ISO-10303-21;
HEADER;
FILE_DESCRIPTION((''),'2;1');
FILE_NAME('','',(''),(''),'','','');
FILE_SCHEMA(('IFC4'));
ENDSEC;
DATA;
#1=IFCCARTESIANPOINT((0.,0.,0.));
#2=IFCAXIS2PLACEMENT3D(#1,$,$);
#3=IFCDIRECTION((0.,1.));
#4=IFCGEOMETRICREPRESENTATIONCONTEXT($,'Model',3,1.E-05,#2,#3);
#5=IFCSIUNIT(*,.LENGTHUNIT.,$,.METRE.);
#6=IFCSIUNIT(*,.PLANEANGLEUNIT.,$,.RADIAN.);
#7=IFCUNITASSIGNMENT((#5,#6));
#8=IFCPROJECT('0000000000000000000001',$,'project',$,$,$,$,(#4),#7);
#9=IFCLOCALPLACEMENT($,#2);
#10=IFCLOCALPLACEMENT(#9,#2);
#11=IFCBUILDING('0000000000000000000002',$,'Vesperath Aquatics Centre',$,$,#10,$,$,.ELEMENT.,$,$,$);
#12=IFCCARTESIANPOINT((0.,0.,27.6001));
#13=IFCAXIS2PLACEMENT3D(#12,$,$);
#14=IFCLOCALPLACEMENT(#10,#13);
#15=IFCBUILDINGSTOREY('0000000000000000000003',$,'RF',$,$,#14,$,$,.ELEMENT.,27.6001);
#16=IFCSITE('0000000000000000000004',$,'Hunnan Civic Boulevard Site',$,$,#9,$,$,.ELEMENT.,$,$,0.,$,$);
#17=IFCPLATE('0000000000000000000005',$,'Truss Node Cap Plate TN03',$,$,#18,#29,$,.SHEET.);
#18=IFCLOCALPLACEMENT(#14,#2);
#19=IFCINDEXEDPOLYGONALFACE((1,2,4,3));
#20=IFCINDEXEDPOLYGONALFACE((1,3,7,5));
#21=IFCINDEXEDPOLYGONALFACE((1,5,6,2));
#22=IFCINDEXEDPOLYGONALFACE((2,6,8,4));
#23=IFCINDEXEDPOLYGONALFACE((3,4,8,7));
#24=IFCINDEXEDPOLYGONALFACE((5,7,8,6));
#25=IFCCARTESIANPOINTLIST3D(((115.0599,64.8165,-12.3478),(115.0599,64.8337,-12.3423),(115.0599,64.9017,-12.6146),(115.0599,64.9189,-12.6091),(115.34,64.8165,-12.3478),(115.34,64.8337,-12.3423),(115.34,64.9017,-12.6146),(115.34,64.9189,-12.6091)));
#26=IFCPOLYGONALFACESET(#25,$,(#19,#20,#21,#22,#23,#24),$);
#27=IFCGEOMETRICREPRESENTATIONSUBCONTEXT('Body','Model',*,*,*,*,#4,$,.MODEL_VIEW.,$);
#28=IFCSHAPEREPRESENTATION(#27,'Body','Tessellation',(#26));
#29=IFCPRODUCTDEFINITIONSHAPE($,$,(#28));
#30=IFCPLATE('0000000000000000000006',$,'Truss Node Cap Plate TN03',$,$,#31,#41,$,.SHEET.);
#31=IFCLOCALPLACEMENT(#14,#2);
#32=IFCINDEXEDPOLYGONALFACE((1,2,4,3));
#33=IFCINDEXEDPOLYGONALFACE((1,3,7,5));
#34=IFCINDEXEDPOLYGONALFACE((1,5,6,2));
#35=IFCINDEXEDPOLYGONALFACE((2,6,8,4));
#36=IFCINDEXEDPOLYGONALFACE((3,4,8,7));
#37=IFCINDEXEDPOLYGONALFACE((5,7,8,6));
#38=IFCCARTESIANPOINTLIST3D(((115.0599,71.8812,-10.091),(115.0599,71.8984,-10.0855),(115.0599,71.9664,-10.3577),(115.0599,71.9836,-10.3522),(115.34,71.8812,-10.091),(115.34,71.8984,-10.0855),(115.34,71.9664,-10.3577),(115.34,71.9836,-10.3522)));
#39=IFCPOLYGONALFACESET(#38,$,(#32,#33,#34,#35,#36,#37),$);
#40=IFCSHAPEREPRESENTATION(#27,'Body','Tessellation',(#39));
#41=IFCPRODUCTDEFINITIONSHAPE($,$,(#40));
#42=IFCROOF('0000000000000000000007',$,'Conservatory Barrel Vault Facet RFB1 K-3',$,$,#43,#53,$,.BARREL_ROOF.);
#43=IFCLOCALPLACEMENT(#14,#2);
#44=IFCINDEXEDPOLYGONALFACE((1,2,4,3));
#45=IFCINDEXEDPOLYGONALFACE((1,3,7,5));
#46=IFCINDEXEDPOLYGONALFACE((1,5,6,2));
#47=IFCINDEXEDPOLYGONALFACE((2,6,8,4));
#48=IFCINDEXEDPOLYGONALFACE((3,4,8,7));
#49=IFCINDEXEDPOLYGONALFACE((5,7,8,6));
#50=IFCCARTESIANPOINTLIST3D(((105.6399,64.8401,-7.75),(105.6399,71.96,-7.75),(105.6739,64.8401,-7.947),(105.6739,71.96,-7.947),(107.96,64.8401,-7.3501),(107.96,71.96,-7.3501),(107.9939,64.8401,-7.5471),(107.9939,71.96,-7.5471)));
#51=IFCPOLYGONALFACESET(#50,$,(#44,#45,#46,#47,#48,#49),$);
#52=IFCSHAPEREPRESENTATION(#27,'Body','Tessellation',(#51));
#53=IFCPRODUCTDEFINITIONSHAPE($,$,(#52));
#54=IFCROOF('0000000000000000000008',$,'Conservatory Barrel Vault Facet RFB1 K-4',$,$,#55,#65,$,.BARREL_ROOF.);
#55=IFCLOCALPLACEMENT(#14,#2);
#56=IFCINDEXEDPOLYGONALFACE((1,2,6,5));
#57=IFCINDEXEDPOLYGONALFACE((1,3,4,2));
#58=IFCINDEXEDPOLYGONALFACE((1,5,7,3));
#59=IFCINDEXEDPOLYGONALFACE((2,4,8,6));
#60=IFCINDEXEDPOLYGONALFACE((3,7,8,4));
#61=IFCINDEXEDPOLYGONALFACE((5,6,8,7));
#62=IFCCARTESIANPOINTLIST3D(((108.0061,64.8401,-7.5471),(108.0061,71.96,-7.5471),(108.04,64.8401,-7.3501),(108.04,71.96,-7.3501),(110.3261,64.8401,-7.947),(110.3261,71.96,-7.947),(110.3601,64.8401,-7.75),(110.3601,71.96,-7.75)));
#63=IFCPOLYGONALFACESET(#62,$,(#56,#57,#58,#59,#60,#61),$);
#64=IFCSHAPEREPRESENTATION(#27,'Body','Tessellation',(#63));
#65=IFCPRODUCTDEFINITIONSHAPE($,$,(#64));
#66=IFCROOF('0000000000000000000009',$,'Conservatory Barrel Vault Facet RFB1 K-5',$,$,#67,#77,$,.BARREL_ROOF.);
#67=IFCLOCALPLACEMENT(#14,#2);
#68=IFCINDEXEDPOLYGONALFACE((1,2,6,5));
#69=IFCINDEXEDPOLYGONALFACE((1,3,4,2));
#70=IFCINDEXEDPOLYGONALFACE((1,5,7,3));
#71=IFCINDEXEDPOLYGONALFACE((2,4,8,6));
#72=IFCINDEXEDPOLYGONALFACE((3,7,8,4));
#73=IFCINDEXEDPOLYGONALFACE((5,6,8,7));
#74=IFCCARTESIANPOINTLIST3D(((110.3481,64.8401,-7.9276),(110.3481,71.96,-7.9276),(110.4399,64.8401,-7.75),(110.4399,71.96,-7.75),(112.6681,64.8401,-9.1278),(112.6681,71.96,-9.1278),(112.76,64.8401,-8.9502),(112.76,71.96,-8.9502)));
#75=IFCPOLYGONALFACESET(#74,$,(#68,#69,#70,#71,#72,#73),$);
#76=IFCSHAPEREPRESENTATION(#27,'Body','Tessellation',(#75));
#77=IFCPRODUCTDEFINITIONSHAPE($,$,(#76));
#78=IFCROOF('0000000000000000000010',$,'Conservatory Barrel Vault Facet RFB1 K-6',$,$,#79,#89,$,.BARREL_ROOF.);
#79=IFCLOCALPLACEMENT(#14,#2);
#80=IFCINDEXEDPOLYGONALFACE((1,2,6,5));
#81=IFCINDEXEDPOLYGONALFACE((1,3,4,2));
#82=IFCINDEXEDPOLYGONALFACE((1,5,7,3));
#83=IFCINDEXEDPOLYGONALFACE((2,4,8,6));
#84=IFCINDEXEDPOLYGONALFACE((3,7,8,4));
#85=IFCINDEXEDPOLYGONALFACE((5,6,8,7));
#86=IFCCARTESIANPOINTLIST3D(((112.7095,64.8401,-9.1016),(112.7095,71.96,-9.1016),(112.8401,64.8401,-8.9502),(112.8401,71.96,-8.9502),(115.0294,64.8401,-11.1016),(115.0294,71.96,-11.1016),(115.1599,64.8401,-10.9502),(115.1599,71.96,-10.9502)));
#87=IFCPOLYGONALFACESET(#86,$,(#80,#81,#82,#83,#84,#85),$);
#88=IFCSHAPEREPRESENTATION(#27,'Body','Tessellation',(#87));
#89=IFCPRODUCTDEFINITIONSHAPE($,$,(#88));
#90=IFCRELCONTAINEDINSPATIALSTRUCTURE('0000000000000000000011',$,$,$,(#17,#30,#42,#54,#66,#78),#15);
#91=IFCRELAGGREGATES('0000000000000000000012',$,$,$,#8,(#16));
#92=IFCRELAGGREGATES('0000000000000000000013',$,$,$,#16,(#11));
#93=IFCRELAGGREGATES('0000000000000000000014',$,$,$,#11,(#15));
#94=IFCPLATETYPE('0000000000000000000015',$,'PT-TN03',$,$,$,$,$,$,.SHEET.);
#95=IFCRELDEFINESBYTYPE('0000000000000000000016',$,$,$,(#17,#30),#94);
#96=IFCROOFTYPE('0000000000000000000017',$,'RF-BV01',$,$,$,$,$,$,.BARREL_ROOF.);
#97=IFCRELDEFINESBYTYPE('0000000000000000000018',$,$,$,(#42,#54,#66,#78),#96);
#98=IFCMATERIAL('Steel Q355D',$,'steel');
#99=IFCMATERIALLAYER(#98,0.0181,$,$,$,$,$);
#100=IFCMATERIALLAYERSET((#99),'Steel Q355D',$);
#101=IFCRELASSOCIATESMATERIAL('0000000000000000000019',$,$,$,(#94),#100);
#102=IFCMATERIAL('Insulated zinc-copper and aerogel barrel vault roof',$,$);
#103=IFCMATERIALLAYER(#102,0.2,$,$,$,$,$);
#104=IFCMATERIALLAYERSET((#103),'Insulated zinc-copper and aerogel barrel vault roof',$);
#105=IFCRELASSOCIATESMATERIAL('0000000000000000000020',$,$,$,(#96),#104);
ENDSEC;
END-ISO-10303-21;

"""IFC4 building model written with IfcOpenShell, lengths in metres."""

from ifc_helpers import new_model, si_unit, direction, frame, origin, origin_2d, place, context, subcontext, project, spatial, polyline, rectangle, outline, extrude, material, layer, layer_set, type_object, element, save


model = new_model("IFC4")

# Units and contexts
model_context = context("Model", 3, precision=1e-05, world=origin(), true_north=direction((0.0, 1.0)))
body_context = subcontext(model_context, "Body", "Model", "MODEL_VIEW")
ifc_project = project(units=[si_unit("LENGTHUNIT", "METRE"), si_unit("PLANEANGLEUNIT", "RADIAN")], contexts=[model_context])

# Site, building, storey
site_placement = place(None, origin())
site = spatial("IfcSite", under=ifc_project, at=site_placement, Name="Hunnan Civic Boulevard Site", CompositionType="ELEMENT", RefElevation=0.0)
building_placement = place(site_placement, origin())
building = spatial("IfcBuilding", under=site, at=building_placement, Name="Vesperath Aquatics Centre", CompositionType="ELEMENT")
storey_placement = place(building_placement, frame((0.0, 0.0, 27.6001)))
storey = spatial("IfcBuildingStorey", under=building, at=storey_placement, Name="RF", CompositionType="ELEMENT", Elevation=27.6001)

# Shared definitions
ifc_material_1 = material(Name="Steel Q355D", Category="steel")

# Plates
ifc_layer_1 = layer(ifc_material_1, 0.0181)
ifc_layer_set_1 = layer_set([ifc_layer_1], Name="Steel Q355D")
plate_type = type_object("IfcPlateType", Name="PT-TN03", PredefinedType="SHEET", material=ifc_layer_set_1)
for number, where, z_axis, x_axis, name in (
    (1, (115.2, 64.8591, -12.4812), (0.0, 0.952578, 0.304296), (-1.0, 0.0, 0.0), "Truss Node Cap Plate TN03"),
    (2, (115.2, 71.9238, -10.2244), (0.0, 0.952578, 0.304296), (-1.0, 0.0, 0.0), "Truss Node Cap Plate TN03"),
):
    element("IfcPlate", number, at=place(storey_placement, frame(where, z_axis=z_axis, x_axis=x_axis)), inside=storey, type_object=plate_type, Name=name, PredefinedType="SHEET", context=body_context, shape_type="SweptSolid", body=[
        extrude(rectangle(XDim=0.28, YDim=0.28, at=origin_2d()), origin(), (0.0, 0.0, 1.0), 0.0181),
    ])

# Roofs
ifc_material_2 = material(Name="Insulated zinc-copper and aerogel barrel vault roof")
ifc_layer_2 = layer(ifc_material_2, 0.2)
ifc_layer_set_2 = layer_set([ifc_layer_2], Name="Insulated zinc-copper and aerogel barrel vault roof")
roof_type = type_object("IfcRoofType", Name="RF-BV01", PredefinedType="BARREL_ROOF", material=ifc_layer_set_2)
for number, where, z_axis, x_axis, name in (
    (3, (105.6399, 64.8401, -7.75), (-0.169862, 0.0, 0.985468), (0.985468, 0.0, 0.169862), "Conservatory Barrel Vault Facet RFB1 K-3"),
    (4, (108.04, 64.8401, -7.3501), (0.169862, 0.0, 0.985468), (0.985468, 0.0, -0.169862), "Conservatory Barrel Vault Facet RFB1 K-4"),
):
    element("IfcRoof", number, at=place(storey_placement, frame(where, z_axis=z_axis, x_axis=x_axis)), inside=storey, type_object=roof_type, Name=name, PredefinedType="BARREL_ROOF", context=body_context, shape_type="SweptSolid", body=[
        extrude(outline(polyline([(0.0, 0.0), (2.3543, 0.0), (2.3543, 7.1199), (0.0, 7.1199), (0.0, 0.0)])), origin(), (0.0, 0.0, -1.0), 0.2),
    ])
roof_1_placement = place(storey_placement, frame((110.4399, 64.8401, -7.75), z_axis=(0.459471, 0.0, 0.888193), x_axis=(0.888193, 0.0, -0.459471)))
element("IfcRoof", 5, at=roof_1_placement, inside=storey, type_object=roof_type, Name="Conservatory Barrel Vault Facet RFB1 K-5", PredefinedType="BARREL_ROOF", context=body_context, shape_type="SweptSolid", body=[
    extrude(outline(polyline([(0.0, 0.0), (2.6121, 0.0), (2.6121, 7.1199), (0.0, 7.1199), (0.0, 0.0)])), origin(), (0.0, 0.0, -1.0), 0.2),
])
roof_2_placement = place(storey_placement, frame((112.8401, 64.8401, -8.9502), z_axis=(0.652968, 0.0, 0.757385), x_axis=(0.757385, 0.0, -0.652968)))
element("IfcRoof", 6, at=roof_2_placement, inside=storey, type_object=roof_type, Name="Conservatory Barrel Vault Facet RFB1 K-6", PredefinedType="BARREL_ROOF", context=body_context, shape_type="SweptSolid", body=[
    extrude(outline(polyline([(0.0, 0.0), (3.0629, 0.0), (3.0629, 7.1199), (0.0, 7.1199), (0.0, 0.0)])), origin(), (0.0, 0.0, -1.0), 0.2),
])

save(model, "model.ifc")
